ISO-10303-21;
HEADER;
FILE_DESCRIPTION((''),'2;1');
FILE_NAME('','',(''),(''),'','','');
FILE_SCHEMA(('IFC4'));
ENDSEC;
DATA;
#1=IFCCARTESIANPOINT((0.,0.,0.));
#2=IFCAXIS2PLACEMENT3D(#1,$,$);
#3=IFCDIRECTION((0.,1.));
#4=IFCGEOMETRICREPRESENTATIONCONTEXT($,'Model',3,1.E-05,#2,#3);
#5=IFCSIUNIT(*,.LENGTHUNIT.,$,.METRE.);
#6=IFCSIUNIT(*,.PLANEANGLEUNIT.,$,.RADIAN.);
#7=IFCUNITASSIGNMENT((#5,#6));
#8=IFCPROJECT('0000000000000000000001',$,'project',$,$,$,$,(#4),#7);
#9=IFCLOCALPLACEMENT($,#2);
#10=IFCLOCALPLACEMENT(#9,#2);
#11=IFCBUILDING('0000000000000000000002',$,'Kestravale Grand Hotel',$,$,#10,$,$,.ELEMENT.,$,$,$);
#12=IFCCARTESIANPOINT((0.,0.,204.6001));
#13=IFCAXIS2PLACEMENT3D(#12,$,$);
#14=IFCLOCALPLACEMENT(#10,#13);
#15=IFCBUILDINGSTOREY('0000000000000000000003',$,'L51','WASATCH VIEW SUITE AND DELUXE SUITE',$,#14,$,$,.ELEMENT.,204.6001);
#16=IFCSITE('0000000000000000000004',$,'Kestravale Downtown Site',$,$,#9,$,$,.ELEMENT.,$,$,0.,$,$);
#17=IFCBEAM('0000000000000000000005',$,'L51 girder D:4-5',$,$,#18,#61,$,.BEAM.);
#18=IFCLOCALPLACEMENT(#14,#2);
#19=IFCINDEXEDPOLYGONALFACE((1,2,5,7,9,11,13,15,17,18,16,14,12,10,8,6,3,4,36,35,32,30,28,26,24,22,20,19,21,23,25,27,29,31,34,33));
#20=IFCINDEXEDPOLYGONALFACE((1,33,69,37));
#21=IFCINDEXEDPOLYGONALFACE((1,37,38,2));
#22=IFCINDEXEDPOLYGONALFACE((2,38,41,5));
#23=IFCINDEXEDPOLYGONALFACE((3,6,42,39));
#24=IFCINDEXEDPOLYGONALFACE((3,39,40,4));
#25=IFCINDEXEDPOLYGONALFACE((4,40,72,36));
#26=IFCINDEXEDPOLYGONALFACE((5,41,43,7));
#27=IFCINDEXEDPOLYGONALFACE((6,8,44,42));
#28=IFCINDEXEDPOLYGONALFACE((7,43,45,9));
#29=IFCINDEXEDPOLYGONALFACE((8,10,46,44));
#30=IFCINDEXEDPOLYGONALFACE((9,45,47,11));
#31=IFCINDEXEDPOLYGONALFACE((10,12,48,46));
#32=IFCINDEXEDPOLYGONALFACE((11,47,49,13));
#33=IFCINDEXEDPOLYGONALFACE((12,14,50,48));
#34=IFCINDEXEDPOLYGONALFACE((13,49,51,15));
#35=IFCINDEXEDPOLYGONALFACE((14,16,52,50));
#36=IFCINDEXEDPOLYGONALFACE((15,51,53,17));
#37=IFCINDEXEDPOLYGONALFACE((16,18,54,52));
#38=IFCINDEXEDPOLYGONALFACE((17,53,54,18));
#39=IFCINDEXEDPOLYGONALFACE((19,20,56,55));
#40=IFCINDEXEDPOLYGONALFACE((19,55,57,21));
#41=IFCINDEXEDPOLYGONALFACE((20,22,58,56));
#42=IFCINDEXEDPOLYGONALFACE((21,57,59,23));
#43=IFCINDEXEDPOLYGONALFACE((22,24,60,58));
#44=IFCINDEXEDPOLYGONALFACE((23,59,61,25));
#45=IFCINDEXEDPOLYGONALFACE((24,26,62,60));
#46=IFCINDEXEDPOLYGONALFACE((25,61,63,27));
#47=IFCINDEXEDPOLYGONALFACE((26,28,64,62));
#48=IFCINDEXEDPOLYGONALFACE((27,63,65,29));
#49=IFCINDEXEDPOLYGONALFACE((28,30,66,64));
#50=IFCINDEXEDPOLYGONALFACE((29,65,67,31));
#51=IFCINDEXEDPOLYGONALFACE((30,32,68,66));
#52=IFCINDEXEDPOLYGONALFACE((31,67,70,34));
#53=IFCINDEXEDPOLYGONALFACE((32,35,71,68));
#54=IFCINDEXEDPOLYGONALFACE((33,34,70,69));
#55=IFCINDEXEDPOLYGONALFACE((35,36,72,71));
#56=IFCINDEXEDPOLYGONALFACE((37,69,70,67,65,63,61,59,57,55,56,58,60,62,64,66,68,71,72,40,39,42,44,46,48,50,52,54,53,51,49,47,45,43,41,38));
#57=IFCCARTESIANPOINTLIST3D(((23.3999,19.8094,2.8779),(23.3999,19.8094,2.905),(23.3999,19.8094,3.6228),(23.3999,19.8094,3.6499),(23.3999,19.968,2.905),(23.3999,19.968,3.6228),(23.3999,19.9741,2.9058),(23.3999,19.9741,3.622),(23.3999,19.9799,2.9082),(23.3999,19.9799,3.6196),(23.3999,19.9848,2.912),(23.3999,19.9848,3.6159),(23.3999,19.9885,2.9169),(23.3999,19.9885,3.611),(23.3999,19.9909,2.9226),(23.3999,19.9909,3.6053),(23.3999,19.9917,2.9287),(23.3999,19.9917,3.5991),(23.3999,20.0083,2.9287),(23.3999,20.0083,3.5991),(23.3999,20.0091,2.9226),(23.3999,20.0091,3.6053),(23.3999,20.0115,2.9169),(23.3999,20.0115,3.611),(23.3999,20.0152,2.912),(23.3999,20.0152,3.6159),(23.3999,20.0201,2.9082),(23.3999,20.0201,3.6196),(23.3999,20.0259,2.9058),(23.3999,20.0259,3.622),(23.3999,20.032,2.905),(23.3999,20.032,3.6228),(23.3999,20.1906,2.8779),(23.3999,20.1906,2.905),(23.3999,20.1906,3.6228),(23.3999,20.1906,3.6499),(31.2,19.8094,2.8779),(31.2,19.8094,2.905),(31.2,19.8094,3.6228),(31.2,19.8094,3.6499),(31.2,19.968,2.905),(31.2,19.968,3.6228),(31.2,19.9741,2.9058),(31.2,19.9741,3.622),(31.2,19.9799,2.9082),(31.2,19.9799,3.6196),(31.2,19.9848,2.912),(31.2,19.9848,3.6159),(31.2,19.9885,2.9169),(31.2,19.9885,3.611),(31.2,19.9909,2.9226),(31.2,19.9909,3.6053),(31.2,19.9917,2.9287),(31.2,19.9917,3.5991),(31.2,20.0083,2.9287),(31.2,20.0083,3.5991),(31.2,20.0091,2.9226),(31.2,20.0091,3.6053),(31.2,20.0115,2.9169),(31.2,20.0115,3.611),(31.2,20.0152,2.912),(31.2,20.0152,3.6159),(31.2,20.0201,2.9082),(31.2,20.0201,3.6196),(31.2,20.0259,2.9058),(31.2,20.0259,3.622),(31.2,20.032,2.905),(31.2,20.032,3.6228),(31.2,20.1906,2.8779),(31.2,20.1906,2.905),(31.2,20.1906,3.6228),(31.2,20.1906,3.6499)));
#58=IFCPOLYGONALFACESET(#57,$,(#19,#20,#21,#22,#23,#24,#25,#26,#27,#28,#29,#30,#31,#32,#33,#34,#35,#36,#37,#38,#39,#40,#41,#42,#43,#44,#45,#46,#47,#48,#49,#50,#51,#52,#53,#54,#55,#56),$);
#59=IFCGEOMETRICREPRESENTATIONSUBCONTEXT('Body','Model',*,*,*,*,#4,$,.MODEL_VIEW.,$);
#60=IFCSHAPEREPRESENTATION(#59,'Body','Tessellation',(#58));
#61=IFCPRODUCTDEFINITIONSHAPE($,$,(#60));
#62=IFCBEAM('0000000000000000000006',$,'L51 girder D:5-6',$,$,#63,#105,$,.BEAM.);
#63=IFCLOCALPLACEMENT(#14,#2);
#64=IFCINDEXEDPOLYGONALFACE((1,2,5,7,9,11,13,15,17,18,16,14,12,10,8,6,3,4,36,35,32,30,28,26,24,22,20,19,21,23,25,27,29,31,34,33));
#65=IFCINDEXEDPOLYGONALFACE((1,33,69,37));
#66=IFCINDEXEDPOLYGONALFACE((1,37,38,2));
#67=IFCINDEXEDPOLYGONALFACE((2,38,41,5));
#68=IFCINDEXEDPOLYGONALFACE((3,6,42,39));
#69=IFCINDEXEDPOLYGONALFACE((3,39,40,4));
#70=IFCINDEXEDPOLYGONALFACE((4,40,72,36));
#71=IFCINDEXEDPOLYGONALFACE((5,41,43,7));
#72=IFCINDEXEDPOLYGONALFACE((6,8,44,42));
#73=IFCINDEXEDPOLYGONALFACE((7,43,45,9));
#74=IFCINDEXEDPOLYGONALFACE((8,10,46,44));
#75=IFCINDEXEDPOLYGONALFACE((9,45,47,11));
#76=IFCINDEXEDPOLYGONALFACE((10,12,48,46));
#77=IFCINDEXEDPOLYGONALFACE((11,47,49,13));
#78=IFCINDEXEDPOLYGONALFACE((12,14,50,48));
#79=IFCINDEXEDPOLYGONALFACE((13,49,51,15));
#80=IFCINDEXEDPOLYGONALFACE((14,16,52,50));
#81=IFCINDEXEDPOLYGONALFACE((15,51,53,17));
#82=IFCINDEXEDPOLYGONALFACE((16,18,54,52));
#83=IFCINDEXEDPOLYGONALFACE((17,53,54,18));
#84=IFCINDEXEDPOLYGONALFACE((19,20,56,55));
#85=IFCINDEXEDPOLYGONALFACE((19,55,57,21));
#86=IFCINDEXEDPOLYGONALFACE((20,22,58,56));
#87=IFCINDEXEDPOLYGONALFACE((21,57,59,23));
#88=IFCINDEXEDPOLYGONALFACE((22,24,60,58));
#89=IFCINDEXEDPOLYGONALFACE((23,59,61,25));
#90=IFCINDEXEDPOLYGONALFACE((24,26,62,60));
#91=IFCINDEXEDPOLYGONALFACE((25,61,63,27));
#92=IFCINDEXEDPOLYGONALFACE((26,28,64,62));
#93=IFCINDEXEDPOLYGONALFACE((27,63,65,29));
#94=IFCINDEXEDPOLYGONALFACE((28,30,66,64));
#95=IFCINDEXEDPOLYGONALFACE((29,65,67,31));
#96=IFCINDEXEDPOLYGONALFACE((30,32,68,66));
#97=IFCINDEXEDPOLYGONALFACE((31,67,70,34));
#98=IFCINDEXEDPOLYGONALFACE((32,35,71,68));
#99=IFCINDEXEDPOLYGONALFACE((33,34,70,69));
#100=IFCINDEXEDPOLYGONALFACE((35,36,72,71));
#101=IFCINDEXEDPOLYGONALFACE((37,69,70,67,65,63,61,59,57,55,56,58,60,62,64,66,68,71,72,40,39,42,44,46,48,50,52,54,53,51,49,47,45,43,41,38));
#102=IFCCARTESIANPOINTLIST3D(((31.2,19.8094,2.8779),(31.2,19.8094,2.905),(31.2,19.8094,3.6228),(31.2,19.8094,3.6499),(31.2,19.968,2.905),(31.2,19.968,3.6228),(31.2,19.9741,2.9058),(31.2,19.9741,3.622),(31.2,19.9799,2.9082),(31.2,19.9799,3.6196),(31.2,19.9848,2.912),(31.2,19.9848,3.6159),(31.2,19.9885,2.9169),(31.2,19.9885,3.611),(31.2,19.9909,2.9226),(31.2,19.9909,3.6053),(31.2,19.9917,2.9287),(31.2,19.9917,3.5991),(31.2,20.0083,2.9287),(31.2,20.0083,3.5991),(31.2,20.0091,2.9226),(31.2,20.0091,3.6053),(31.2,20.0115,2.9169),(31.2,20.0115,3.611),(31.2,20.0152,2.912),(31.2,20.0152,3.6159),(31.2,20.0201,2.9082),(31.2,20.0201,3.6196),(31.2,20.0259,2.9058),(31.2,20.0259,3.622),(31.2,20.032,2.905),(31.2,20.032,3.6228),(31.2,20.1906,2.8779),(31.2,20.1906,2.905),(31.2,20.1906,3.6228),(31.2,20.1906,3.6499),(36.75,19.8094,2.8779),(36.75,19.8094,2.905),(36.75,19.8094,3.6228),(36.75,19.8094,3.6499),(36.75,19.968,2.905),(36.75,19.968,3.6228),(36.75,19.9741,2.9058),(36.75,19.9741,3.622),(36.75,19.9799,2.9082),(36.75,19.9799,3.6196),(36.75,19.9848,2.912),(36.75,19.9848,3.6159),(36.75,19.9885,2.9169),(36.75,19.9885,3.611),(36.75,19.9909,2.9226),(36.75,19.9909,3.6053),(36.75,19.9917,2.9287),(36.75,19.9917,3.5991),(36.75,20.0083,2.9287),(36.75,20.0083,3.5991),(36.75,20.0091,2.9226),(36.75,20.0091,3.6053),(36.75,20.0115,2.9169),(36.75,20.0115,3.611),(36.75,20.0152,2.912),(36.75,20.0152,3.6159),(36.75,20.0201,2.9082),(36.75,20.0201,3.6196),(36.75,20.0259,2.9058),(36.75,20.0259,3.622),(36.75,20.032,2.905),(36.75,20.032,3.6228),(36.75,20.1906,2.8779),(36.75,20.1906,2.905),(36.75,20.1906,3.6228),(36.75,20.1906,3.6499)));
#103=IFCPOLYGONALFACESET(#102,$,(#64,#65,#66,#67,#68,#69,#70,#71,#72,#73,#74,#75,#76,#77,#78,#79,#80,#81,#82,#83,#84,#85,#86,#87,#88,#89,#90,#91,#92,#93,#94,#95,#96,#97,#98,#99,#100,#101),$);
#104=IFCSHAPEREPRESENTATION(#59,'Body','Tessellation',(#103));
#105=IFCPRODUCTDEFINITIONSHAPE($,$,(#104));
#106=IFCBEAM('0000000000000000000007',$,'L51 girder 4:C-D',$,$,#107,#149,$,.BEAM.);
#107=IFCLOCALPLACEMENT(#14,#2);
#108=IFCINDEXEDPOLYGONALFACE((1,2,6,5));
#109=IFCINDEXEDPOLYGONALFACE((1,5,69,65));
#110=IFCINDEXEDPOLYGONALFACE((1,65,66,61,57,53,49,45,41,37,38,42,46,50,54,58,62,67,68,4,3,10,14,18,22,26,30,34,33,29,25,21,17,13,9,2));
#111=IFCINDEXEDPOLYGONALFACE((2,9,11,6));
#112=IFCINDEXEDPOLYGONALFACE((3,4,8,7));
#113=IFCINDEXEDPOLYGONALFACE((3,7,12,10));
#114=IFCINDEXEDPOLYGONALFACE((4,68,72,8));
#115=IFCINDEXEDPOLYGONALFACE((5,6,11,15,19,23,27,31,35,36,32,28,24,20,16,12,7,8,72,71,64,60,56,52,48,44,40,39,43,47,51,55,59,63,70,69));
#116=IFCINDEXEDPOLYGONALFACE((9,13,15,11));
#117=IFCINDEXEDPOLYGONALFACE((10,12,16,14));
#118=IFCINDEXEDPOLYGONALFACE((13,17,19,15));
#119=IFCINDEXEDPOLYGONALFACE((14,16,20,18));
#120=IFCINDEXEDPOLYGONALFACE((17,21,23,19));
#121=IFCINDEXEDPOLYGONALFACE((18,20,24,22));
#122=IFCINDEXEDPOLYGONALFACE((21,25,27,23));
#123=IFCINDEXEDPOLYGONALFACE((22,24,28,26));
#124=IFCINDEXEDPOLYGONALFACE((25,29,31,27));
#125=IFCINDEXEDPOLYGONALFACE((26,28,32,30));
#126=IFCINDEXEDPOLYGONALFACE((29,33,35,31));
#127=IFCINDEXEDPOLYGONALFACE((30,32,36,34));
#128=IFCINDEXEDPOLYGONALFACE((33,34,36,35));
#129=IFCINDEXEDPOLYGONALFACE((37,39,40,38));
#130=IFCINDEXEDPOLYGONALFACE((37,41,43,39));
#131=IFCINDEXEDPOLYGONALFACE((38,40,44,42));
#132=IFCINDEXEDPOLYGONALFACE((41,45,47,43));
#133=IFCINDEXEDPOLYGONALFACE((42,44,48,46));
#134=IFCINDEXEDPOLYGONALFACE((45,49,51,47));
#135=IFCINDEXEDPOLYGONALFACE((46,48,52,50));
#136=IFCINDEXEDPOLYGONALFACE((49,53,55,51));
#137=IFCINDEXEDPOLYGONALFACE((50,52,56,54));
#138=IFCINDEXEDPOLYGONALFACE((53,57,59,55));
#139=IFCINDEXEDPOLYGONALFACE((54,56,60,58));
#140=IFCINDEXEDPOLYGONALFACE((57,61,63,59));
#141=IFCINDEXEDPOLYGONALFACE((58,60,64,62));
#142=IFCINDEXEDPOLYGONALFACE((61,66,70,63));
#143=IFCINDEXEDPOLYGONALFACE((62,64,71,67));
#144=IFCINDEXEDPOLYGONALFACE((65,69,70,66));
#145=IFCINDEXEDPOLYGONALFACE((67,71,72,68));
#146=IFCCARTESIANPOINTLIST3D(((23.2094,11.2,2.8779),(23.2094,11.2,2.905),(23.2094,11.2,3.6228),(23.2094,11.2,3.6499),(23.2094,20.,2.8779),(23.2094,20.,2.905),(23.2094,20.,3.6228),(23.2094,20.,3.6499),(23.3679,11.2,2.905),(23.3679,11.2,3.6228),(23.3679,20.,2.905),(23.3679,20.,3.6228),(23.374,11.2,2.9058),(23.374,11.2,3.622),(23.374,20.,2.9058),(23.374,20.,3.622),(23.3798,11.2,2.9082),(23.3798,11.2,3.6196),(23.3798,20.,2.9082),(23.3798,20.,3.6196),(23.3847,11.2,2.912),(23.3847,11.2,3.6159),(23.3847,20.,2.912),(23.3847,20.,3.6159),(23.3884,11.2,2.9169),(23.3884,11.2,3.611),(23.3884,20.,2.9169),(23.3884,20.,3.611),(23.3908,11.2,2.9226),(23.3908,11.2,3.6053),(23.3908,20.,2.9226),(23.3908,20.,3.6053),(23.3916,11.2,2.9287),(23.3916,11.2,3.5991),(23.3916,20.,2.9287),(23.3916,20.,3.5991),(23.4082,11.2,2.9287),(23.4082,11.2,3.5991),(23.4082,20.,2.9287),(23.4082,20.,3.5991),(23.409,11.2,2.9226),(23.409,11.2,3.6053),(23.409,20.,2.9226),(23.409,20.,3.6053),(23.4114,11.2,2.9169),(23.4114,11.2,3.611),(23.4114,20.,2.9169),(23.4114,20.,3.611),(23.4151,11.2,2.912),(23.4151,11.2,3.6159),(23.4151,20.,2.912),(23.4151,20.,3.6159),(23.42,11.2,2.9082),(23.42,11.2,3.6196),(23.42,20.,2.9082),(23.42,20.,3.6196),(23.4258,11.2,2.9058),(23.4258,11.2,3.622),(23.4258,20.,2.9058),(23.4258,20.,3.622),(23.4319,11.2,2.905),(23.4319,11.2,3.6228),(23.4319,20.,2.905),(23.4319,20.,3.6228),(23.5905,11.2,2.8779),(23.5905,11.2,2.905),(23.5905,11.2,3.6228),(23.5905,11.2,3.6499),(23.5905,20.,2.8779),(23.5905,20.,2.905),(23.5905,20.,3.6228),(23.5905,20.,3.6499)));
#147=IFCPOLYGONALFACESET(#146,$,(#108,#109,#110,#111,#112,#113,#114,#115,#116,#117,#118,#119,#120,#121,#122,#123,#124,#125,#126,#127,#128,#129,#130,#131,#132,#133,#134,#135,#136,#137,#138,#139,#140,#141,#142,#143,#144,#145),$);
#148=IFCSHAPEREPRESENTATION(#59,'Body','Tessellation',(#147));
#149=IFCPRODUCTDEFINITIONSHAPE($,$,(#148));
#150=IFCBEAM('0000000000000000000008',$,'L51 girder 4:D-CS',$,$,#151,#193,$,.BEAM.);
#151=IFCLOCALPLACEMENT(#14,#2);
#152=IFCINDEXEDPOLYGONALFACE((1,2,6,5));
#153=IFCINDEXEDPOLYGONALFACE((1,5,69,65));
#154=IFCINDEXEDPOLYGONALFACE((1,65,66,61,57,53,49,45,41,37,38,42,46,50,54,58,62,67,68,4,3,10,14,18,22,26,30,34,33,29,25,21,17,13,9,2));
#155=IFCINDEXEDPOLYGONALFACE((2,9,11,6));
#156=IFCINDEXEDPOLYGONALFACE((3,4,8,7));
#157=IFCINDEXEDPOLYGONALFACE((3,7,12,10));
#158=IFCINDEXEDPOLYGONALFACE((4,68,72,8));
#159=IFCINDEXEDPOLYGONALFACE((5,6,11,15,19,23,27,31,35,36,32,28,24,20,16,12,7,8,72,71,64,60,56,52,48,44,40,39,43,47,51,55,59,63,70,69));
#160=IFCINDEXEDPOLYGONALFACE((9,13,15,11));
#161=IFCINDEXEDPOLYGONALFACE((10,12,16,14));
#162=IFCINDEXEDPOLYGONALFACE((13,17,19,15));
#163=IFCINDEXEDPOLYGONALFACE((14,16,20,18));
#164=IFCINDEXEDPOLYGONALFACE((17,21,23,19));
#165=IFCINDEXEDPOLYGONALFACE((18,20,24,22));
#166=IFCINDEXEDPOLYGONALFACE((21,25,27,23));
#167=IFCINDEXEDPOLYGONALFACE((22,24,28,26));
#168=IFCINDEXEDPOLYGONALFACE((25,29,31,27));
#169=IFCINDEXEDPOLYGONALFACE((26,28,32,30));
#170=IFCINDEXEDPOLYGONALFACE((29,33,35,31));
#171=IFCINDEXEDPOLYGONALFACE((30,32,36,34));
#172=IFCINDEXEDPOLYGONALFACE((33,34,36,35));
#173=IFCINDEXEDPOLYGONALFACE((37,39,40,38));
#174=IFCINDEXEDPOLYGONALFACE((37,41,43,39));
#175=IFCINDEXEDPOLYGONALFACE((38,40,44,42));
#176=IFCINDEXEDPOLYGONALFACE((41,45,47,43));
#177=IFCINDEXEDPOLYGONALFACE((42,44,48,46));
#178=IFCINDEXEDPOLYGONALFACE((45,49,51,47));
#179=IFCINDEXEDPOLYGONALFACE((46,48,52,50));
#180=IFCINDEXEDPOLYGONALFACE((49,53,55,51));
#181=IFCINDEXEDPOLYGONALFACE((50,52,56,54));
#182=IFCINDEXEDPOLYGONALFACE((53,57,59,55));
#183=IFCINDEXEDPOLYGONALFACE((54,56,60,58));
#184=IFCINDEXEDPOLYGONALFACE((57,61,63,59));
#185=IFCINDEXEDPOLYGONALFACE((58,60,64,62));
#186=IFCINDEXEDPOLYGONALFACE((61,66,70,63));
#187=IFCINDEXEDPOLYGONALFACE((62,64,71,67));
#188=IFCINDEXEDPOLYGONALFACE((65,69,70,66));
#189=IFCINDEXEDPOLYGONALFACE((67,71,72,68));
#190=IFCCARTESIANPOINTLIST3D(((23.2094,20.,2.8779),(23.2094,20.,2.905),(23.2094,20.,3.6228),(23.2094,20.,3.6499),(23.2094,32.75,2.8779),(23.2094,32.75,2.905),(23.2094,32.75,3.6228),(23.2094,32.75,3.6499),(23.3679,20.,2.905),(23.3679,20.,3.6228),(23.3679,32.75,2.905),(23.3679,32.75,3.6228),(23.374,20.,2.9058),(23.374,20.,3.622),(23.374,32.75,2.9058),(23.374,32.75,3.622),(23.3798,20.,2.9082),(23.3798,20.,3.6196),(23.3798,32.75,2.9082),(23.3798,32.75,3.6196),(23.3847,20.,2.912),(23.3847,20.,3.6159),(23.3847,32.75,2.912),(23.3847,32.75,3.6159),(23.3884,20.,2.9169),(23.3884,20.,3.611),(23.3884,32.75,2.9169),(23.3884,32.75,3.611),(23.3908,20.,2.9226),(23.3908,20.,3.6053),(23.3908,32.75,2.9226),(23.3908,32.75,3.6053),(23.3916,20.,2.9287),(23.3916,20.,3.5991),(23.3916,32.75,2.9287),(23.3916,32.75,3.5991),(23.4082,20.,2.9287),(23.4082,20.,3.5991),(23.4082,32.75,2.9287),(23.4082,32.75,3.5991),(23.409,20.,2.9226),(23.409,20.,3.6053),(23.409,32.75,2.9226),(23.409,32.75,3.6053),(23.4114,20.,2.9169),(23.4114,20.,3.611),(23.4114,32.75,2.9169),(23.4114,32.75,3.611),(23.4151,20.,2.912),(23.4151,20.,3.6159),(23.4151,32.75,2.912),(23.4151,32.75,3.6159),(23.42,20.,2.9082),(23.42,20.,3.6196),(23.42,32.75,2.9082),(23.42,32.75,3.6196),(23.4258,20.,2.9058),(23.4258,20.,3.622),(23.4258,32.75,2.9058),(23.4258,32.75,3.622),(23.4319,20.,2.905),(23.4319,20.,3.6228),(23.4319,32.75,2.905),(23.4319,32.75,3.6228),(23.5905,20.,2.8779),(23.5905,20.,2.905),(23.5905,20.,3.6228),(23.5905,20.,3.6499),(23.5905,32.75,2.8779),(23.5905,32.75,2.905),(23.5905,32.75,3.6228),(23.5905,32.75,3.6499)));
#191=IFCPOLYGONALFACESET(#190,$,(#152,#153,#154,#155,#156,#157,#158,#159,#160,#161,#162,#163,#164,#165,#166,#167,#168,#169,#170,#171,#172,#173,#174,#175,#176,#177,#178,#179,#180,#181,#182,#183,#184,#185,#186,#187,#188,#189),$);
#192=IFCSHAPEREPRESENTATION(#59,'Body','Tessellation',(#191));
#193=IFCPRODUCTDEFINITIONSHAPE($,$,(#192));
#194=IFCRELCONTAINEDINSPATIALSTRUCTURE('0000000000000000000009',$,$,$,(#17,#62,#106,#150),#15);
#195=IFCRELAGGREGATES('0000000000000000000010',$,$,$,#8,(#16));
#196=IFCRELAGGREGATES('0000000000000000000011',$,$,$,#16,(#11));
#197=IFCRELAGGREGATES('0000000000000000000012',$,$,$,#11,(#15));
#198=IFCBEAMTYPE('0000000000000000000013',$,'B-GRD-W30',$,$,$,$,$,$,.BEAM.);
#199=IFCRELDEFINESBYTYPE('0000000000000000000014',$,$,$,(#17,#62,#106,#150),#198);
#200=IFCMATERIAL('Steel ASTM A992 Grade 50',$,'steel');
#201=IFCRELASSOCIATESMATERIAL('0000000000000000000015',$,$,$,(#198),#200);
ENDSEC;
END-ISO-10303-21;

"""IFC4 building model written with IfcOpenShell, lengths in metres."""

from ifc_helpers import new_model, si_unit, direction, frame, origin, origin_2d, place, context, subcontext, project, spatial, i_section, extrude, material, material_profile, profile_set, type_object, element, save


model = new_model("IFC4")

# Units and contexts
model_context = context("Model", 3, precision=1e-05, world=origin(), true_north=direction((0.0, 1.0)))
body_context = subcontext(model_context, "Body", "Model", "MODEL_VIEW")
ifc_project = project(units=[si_unit("LENGTHUNIT", "METRE"), si_unit("PLANEANGLEUNIT", "RADIAN")], contexts=[model_context])

# Site, building, storey
site_placement = place(None, origin())
site = spatial("IfcSite", under=ifc_project, at=site_placement, Name="Kestravale Downtown Site", CompositionType="ELEMENT", RefElevation=0.0)
building_placement = place(site_placement, origin())
building = spatial("IfcBuilding", under=site, at=building_placement, Name="Kestravale Grand Hotel", CompositionType="ELEMENT")
storey_placement = place(building_placement, frame((0.0, 0.0, 204.6001)))
storey = spatial("IfcBuildingStorey", under=building, at=storey_placement, Name="L51", Description="WASATCH VIEW SUITE AND DELUXE SUITE", CompositionType="ELEMENT", Elevation=204.6001)

# Beams
ifc_material_1 = material(Name="Steel ASTM A992 Grade 50", Category="steel")
ifc_material_profile_1 = material_profile(ifc_material_1, i_section(OverallWidth=0.3811, OverallDepth=0.772, WebThickness=0.0166, FlangeThickness=0.0271, FilletRadius=0.0237, at=origin_2d()))
ifc_profile_set_1 = profile_set([ifc_material_profile_1], Name="Steel ASTM A992 Grade 50")
beam_type_1 = type_object("IfcBeamType", Name="B-GRD-W30", PredefinedType="BEAM", material=ifc_profile_set_1)
for number, where, z_axis, x_axis, name in (
    (1, (23.3999, 20.0, 3.2639), (1.0, 0.0, 0.0), (0.0, 1.0, 0.0), "L51 girder D:4-5"),
):
    element("IfcBeam", number, at=place(storey_placement, frame(where, z_axis=z_axis, x_axis=x_axis)), inside=storey, type_object=beam_type_1, Name=name, PredefinedType="BEAM", context=body_context, shape_type="SweptSolid", body=[
        extrude(i_section(OverallWidth=0.3811, OverallDepth=0.772, WebThickness=0.0166, FlangeThickness=0.0271, FilletRadius=0.0237, at=origin_2d()), origin(), (0.0, 0.0, 1.0), 7.8),
    ])
beam_1_placement = place(storey_placement, frame((31.2, 20.0, 3.2639), z_axis=(1.0, 0.0, 0.0), x_axis=(0.0, 1.0, 0.0)))
element("IfcBeam", 2, at=beam_1_placement, inside=storey, type_object=beam_type_1, Name="L51 girder D:5-6", PredefinedType="BEAM", context=body_context, shape_type="SweptSolid", body=[
    extrude(i_section(OverallWidth=0.3811, OverallDepth=0.772, WebThickness=0.0166, FlangeThickness=0.0271, FilletRadius=0.0237, at=origin_2d()), origin(), (0.0, 0.0, 1.0), 5.55),
])
beam_2_placement = place(storey_placement, frame((23.3999, 11.2, 3.2639), z_axis=(0.0, 1.0, 0.0), x_axis=(-1.0, 0.0, 0.0)))
element("IfcBeam", 3, at=beam_2_placement, inside=storey, type_object=beam_type_1, Name="L51 girder 4:C-D", PredefinedType="BEAM", context=body_context, shape_type="SweptSolid", body=[
    extrude(i_section(OverallWidth=0.3811, OverallDepth=0.772, WebThickness=0.0166, FlangeThickness=0.0271, FilletRadius=0.0237, at=origin_2d()), origin(), (0.0, 0.0, 1.0), 8.8),
])
beam_3_placement = place(storey_placement, frame((23.3999, 20.0, 3.2639), z_axis=(0.0, 1.0, 0.0), x_axis=(-1.0, 0.0, 0.0)))
element("IfcBeam", 4, at=beam_3_placement, inside=storey, type_object=beam_type_1, Name="L51 girder 4:D-CS", PredefinedType="BEAM", context=body_context, shape_type="SweptSolid", body=[
    extrude(i_section(OverallWidth=0.3811, OverallDepth=0.772, WebThickness=0.0166, FlangeThickness=0.0271, FilletRadius=0.0237, at=origin_2d()), origin(), (0.0, 0.0, 1.0), 12.75),
])

save(model, "model.ifc")
